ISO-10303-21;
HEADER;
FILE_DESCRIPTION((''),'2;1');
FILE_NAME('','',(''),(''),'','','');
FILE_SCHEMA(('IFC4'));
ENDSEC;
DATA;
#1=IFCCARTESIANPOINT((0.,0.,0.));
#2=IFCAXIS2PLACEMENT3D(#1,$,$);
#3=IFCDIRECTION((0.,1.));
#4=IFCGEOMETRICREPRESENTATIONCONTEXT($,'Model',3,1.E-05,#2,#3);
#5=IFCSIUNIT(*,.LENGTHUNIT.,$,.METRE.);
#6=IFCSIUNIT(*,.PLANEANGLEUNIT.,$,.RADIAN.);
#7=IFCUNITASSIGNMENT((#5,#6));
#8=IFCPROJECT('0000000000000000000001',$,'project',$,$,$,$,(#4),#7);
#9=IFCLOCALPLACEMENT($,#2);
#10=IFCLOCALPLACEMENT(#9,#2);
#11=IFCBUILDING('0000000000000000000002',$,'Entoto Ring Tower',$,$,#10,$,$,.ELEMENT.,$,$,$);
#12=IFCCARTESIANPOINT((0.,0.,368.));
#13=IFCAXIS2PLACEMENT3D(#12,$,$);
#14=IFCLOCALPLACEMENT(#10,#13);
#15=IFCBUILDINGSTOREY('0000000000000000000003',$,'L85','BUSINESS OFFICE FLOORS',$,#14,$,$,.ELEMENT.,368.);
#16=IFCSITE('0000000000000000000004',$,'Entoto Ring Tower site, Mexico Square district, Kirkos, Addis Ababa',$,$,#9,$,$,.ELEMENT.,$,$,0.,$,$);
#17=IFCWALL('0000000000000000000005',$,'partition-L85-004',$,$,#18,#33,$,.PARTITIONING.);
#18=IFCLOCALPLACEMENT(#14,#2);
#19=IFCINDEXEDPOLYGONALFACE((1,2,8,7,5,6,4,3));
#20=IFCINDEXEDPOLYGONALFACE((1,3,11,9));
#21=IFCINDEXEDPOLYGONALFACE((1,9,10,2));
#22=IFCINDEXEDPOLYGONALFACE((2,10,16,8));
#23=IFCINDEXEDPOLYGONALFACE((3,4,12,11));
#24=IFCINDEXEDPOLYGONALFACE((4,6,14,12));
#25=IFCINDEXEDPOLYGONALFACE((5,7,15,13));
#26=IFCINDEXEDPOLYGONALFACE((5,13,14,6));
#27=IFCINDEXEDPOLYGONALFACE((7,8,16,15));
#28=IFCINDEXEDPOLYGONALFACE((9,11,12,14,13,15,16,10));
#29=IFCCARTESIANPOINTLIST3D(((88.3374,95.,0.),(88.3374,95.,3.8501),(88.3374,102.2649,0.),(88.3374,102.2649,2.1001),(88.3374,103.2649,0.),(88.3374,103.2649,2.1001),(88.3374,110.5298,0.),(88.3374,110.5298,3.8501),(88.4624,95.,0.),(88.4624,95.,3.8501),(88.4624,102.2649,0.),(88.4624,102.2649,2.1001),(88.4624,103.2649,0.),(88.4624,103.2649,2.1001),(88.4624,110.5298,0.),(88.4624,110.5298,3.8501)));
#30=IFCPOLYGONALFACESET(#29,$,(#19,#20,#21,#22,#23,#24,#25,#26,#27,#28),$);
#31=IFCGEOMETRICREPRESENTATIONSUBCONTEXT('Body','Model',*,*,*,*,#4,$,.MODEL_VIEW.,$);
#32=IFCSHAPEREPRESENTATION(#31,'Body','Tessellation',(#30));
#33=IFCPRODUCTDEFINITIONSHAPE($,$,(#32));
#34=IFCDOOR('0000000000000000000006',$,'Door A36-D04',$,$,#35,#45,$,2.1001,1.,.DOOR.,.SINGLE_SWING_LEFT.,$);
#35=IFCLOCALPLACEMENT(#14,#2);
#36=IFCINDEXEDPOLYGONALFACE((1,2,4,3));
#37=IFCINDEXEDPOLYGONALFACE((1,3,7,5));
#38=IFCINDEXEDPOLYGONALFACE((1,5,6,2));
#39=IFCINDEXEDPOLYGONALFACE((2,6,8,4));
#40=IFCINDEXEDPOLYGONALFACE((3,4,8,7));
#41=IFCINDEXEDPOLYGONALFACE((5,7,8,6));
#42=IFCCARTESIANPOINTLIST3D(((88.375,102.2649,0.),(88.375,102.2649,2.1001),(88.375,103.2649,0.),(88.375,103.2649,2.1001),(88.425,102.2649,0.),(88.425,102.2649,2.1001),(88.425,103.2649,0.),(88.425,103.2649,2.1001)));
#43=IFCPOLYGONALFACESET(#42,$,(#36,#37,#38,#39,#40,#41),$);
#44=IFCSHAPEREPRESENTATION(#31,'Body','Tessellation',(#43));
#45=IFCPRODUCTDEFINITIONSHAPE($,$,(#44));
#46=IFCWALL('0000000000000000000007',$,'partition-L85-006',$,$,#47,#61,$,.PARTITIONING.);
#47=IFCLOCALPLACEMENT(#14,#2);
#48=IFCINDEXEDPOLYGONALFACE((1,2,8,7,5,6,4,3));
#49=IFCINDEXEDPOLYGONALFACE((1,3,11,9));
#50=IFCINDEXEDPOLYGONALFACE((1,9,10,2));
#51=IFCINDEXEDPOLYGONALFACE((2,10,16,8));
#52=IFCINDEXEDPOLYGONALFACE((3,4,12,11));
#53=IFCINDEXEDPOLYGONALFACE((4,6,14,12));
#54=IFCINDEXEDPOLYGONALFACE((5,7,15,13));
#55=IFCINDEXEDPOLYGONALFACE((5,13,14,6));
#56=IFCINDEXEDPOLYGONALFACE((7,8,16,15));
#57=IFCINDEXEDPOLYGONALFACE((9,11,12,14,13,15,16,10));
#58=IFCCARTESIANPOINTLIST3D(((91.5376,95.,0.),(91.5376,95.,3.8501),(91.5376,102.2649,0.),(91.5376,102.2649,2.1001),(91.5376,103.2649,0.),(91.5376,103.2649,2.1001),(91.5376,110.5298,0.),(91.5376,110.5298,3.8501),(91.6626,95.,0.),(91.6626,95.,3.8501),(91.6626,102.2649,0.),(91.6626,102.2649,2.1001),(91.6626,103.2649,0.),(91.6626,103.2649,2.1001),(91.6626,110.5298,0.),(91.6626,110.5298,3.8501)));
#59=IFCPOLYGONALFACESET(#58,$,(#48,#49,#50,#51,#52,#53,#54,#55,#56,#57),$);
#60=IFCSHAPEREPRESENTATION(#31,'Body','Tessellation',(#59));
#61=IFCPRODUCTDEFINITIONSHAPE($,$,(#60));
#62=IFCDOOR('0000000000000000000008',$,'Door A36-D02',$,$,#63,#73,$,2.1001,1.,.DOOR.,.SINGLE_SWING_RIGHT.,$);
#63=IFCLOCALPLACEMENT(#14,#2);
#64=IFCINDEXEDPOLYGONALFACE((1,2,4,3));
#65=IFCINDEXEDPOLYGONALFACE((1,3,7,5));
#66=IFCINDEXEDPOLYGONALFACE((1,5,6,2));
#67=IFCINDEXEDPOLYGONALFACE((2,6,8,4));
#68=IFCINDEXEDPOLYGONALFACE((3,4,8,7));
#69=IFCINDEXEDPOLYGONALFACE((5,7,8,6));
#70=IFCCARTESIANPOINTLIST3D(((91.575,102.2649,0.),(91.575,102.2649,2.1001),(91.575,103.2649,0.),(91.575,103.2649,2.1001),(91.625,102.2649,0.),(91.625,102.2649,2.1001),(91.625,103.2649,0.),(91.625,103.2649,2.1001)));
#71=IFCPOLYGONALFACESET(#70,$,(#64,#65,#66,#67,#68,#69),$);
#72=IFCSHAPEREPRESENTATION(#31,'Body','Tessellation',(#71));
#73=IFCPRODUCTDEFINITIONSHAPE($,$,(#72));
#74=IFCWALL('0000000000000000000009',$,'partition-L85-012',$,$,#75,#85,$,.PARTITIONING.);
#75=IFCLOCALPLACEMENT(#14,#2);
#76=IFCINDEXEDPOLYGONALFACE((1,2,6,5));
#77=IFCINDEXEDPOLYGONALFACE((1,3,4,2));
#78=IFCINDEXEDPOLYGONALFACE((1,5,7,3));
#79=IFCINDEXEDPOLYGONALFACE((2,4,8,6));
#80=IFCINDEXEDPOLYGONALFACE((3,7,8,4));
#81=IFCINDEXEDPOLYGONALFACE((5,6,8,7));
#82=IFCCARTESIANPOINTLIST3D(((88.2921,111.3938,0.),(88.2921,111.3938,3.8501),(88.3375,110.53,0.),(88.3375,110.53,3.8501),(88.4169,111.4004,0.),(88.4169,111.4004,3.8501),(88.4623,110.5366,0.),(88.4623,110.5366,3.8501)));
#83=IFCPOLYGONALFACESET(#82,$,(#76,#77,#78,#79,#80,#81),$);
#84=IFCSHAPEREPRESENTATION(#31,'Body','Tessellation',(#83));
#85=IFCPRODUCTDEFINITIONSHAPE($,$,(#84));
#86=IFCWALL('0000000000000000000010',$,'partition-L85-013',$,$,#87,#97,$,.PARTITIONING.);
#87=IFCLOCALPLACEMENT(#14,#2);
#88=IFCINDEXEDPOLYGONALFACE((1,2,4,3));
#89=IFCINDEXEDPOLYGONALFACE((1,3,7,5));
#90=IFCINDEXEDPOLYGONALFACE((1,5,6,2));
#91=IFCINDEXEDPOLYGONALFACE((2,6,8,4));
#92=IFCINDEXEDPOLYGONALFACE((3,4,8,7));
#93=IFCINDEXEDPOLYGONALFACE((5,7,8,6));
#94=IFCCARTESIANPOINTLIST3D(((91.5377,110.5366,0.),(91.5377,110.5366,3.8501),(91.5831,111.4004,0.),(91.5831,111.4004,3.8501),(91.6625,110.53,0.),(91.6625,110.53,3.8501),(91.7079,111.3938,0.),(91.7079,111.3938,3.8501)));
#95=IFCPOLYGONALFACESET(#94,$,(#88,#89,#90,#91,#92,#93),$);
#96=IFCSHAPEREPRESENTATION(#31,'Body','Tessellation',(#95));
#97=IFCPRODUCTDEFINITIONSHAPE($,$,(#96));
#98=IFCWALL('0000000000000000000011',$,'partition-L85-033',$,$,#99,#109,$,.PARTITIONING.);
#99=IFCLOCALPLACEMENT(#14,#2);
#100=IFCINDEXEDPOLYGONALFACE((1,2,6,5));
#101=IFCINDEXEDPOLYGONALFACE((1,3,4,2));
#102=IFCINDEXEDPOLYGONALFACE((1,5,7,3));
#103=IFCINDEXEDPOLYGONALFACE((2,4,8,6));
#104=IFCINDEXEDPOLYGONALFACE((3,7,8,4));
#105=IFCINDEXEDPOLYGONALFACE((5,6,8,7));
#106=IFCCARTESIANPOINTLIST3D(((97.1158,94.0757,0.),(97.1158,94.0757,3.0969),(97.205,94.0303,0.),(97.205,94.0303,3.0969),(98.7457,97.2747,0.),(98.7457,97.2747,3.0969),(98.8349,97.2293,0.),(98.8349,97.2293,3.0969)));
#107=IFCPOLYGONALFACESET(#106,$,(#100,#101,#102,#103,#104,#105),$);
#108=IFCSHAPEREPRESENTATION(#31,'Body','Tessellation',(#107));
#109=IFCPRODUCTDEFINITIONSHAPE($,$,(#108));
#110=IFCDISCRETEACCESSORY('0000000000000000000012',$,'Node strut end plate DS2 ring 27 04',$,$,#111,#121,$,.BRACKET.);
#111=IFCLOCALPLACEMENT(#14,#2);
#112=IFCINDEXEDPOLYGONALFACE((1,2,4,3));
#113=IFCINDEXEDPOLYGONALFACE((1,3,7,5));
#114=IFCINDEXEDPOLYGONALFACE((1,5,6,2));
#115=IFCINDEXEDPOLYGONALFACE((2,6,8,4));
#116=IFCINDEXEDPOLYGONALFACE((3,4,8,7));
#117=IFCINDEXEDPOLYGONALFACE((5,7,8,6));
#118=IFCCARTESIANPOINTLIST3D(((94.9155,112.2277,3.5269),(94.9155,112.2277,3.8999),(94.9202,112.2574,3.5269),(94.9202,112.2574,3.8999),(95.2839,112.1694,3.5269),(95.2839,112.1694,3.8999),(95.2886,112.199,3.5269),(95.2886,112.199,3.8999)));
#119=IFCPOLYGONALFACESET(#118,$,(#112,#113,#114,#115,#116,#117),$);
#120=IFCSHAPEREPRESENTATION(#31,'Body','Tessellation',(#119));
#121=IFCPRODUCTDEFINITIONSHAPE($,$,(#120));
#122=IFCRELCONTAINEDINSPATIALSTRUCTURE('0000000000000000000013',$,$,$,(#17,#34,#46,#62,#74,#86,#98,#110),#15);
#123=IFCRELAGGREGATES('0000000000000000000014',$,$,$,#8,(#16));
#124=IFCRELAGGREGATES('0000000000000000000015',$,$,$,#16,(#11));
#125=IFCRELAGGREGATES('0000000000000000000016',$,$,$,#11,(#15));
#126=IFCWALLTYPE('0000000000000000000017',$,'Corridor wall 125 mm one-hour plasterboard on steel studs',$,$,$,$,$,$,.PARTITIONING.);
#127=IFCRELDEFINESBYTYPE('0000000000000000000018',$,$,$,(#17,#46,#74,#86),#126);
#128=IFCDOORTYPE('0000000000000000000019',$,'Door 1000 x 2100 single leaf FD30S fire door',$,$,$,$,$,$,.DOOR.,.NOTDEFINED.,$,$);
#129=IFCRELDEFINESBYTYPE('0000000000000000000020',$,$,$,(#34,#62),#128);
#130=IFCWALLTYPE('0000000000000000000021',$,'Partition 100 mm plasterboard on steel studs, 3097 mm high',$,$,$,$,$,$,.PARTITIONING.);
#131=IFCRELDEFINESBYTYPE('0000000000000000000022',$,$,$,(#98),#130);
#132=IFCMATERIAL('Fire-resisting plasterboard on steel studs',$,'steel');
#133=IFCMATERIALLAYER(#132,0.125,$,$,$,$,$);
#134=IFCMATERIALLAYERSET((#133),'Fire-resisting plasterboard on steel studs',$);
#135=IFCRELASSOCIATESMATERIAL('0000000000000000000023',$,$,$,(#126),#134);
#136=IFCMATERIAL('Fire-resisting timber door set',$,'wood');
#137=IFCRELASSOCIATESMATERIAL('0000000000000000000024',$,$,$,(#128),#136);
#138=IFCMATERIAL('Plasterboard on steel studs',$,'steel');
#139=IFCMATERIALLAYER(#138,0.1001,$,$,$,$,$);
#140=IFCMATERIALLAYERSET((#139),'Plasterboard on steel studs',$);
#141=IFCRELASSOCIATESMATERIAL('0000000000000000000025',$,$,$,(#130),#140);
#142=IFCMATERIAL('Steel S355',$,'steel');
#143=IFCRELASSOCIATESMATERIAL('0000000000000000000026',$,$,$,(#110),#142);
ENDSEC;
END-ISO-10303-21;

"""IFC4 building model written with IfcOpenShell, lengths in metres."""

from ifc_helpers import new_model, si_unit, direction, frame, frame_2d, origin, origin_2d, place, context, subcontext, project, spatial, rectangle, extrude, material, layer, layer_set, type_object, element, fill, save


model = new_model("IFC4")

# Units and contexts
model_context = context("Model", 3, precision=1e-05, world=origin(), true_north=direction((0.0, 1.0)))
body_context = subcontext(model_context, "Body", "Model", "MODEL_VIEW")
ifc_project = project(units=[si_unit("LENGTHUNIT", "METRE"), si_unit("PLANEANGLEUNIT", "RADIAN")], contexts=[model_context])

# Site, building, storey
site_placement = place(None, origin())
site = spatial("IfcSite", under=ifc_project, at=site_placement, Name="Entoto Ring Tower site, Mexico Square district, Kirkos, Addis Ababa", CompositionType="ELEMENT", RefElevation=0.0)
building_placement = place(site_placement, origin())
building = spatial("IfcBuilding", under=site, at=building_placement, Name="Entoto Ring Tower", CompositionType="ELEMENT")
storey_placement = place(building_placement, frame((0.0, 0.0, 368.0)))
storey = spatial("IfcBuildingStorey", under=building, at=storey_placement, Name="L85", Description="BUSINESS OFFICE FLOORS", CompositionType="ELEMENT", Elevation=368.0)

# Walls, openings, doors
ifc_material_1 = material(Name="Fire-resisting plasterboard on steel studs", Category="steel")
ifc_layer_1 = layer(ifc_material_1, 0.125)
ifc_layer_set_1 = layer_set([ifc_layer_1], Name="Fire-resisting plasterboard on steel studs")
wall_type_1 = type_object("IfcWallType", Name="Corridor wall 125 mm one-hour plasterboard on steel studs", PredefinedType="PARTITIONING", material=ifc_layer_set_1)
wall_1_placement = place(storey_placement, frame((88.3999, 95.0, 0.0), z_axis=(0.0, 0.0, 1.0), x_axis=(0.0, 1.0, 0.0)))
wall_1 = element("IfcWall", 1, at=wall_1_placement, inside=storey, type_object=wall_type_1, Name="partition-L85-004", PredefinedType="PARTITIONING", context=body_context, shape_type="SweptSolid", body=[
    extrude(rectangle(XDim=15.5298, YDim=0.125, at=frame_2d((7.7649, 0.0))), origin(), (0.0, 0.0, 1.0), 3.8501),
])
opening_1_placement = place(wall_1_placement, frame((7.2649, 0.0, 0.0)))
opening_1 = element("IfcOpeningElement", 2, at=opening_1_placement, cuts=wall_1, PredefinedType="OPENING", context=body_context, shape_type="SweptSolid", body=[
    extrude(rectangle(XDim=1.0, YDim=2.1001, at=frame_2d((0.5, 1.05))), frame((0.0, 0.0725, 0.0), z_axis=(0.0, -1.0, 0.0), x_axis=(1.0, 0.0, 0.0)), (0.0, 0.0, 1.0), 0.145),
])
ifc_material_2 = material(Name="Fire-resisting timber door set", Category="wood")
door_type_1 = type_object("IfcDoorType", Name="Door 1000 x 2100 single leaf FD30S fire door", OperationType="NOTDEFINED", PredefinedType="DOOR", material=ifc_material_2)
door_1_placement = place(opening_1_placement, origin())
door_1 = element("IfcDoor", 3, at=door_1_placement, inside=storey, type_object=door_type_1, Name="Door A36-D04", OperationType="SINGLE_SWING_LEFT", OverallHeight=2.1001, OverallWidth=1.0, PredefinedType="DOOR", context=body_context, shape_type="SweptSolid", body=[
    extrude(rectangle(XDim=1.0, YDim=2.1001, at=frame_2d((0.5, 1.05))), frame((0.0, 0.0249, 0.0), z_axis=(0.0, -1.0, 0.0), x_axis=(1.0, 0.0, 0.0)), (0.0, 0.0, 1.0), 0.05),
])
fill(opening_1, door_1)
wall_2_placement = place(storey_placement, frame((91.6001, 95.0, 0.0), z_axis=(0.0, 0.0, 1.0), x_axis=(0.0, 1.0, 0.0)))
wall_2 = element("IfcWall", 4, at=wall_2_placement, inside=storey, type_object=wall_type_1, Name="partition-L85-006", PredefinedType="PARTITIONING", context=body_context, shape_type="SweptSolid", body=[
    extrude(rectangle(XDim=15.5298, YDim=0.125, at=frame_2d((7.7649, 0.0))), origin(), (0.0, 0.0, 1.0), 3.8501),
])
opening_2_placement = place(wall_2_placement, frame((7.2649, 0.0, 0.0)))
opening_2 = element("IfcOpeningElement", 5, at=opening_2_placement, cuts=wall_2, PredefinedType="OPENING", context=body_context, shape_type="SweptSolid", body=[
    extrude(rectangle(XDim=1.0, YDim=2.1001, at=frame_2d((0.5, 1.05))), frame((0.0, 0.0725, 0.0), z_axis=(0.0, -1.0, 0.0), x_axis=(1.0, 0.0, 0.0)), (0.0, 0.0, 1.0), 0.145),
])
door_2_placement = place(opening_2_placement, frame((1.0, 0.0, 0.0), z_axis=(0.0, 0.0, 1.0), x_axis=(-1.0, 0.0, 0.0)))
door_2 = element("IfcDoor", 6, at=door_2_placement, inside=storey, type_object=door_type_1, Name="Door A36-D02", OperationType="SINGLE_SWING_RIGHT", OverallHeight=2.1001, OverallWidth=1.0, PredefinedType="DOOR", context=body_context, shape_type="SweptSolid", body=[
    extrude(rectangle(XDim=1.0, YDim=2.1001, at=frame_2d((0.5, 1.05))), frame((0.0, 0.0249, 0.0), z_axis=(0.0, -1.0, 0.0), x_axis=(1.0, 0.0, 0.0)), (0.0, 0.0, 1.0), 0.05),
])
fill(opening_2, door_2)

# Walls
for number, where, z_axis, x_axis, name in (
    (7, (88.3999, 110.5332, 0.0), (0.0, 0.0, 1.0), (-0.0525, 0.998621, 0.0), "partition-L85-012"),
    (8, (91.6001, 110.5332, 0.0), (0.0, 0.0, 1.0), (0.0525, 0.998621, 0.0), "partition-L85-013"),
):
    element("IfcWall", number, at=place(storey_placement, frame(where, z_axis=z_axis, x_axis=x_axis)), inside=storey, type_object=wall_type_1, Name=name, PredefinedType="PARTITIONING", context=body_context, shape_type="SweptSolid", body=[
        extrude(rectangle(XDim=0.865, YDim=0.125, at=frame_2d((0.4326, 0.0))), origin(), (0.0, 0.0, 1.0), 3.8501),
    ])
ifc_material_3 = material(Name="Plasterboard on steel studs", Category="steel")
ifc_layer_2 = layer(ifc_material_3, 0.1001)
ifc_layer_set_2 = layer_set([ifc_layer_2], Name="Plasterboard on steel studs")
wall_type_2 = type_object("IfcWallType", Name="Partition 100 mm plasterboard on steel studs, 3097 mm high", PredefinedType="PARTITIONING", material=ifc_layer_set_2)
wall_3_placement = place(storey_placement, frame((97.1604, 94.053, 0.0), z_axis=(0.0, 0.0, 1.0), x_axis=(0.453974, 0.891015, 0.0)))
element("IfcWall", 9, at=wall_3_placement, inside=storey, type_object=wall_type_2, Name="partition-L85-033", PredefinedType="PARTITIONING", context=body_context, shape_type="SweptSolid", body=[
    extrude(rectangle(XDim=3.5903, YDim=0.1001, at=frame_2d((1.7952, 0.0))), origin(), (0.0, 0.0, 1.0), 3.0969),
])

# Discrete accessory
ifc_material_4 = material(Name="Steel S355", Category="steel")
discrete_accessory_placement = place(storey_placement, frame((95.1021, 112.2134, 3.5269), z_axis=(0.0, 0.0, 1.0), x_axis=(0.156434, 0.987688, 0.0)))
element("IfcDiscreteAccessory", 10, at=discrete_accessory_placement, inside=storey, material=ifc_material_4, Name="Node strut end plate DS2 ring 27 04", PredefinedType="BRACKET", context=body_context, shape_type="SweptSolid", body=[
    extrude(rectangle(XDim=0.03, YDim=0.373, at=origin_2d()), origin(), (0.0, 0.0, 1.0), 0.373),
])

save(model, "model.ifc")
